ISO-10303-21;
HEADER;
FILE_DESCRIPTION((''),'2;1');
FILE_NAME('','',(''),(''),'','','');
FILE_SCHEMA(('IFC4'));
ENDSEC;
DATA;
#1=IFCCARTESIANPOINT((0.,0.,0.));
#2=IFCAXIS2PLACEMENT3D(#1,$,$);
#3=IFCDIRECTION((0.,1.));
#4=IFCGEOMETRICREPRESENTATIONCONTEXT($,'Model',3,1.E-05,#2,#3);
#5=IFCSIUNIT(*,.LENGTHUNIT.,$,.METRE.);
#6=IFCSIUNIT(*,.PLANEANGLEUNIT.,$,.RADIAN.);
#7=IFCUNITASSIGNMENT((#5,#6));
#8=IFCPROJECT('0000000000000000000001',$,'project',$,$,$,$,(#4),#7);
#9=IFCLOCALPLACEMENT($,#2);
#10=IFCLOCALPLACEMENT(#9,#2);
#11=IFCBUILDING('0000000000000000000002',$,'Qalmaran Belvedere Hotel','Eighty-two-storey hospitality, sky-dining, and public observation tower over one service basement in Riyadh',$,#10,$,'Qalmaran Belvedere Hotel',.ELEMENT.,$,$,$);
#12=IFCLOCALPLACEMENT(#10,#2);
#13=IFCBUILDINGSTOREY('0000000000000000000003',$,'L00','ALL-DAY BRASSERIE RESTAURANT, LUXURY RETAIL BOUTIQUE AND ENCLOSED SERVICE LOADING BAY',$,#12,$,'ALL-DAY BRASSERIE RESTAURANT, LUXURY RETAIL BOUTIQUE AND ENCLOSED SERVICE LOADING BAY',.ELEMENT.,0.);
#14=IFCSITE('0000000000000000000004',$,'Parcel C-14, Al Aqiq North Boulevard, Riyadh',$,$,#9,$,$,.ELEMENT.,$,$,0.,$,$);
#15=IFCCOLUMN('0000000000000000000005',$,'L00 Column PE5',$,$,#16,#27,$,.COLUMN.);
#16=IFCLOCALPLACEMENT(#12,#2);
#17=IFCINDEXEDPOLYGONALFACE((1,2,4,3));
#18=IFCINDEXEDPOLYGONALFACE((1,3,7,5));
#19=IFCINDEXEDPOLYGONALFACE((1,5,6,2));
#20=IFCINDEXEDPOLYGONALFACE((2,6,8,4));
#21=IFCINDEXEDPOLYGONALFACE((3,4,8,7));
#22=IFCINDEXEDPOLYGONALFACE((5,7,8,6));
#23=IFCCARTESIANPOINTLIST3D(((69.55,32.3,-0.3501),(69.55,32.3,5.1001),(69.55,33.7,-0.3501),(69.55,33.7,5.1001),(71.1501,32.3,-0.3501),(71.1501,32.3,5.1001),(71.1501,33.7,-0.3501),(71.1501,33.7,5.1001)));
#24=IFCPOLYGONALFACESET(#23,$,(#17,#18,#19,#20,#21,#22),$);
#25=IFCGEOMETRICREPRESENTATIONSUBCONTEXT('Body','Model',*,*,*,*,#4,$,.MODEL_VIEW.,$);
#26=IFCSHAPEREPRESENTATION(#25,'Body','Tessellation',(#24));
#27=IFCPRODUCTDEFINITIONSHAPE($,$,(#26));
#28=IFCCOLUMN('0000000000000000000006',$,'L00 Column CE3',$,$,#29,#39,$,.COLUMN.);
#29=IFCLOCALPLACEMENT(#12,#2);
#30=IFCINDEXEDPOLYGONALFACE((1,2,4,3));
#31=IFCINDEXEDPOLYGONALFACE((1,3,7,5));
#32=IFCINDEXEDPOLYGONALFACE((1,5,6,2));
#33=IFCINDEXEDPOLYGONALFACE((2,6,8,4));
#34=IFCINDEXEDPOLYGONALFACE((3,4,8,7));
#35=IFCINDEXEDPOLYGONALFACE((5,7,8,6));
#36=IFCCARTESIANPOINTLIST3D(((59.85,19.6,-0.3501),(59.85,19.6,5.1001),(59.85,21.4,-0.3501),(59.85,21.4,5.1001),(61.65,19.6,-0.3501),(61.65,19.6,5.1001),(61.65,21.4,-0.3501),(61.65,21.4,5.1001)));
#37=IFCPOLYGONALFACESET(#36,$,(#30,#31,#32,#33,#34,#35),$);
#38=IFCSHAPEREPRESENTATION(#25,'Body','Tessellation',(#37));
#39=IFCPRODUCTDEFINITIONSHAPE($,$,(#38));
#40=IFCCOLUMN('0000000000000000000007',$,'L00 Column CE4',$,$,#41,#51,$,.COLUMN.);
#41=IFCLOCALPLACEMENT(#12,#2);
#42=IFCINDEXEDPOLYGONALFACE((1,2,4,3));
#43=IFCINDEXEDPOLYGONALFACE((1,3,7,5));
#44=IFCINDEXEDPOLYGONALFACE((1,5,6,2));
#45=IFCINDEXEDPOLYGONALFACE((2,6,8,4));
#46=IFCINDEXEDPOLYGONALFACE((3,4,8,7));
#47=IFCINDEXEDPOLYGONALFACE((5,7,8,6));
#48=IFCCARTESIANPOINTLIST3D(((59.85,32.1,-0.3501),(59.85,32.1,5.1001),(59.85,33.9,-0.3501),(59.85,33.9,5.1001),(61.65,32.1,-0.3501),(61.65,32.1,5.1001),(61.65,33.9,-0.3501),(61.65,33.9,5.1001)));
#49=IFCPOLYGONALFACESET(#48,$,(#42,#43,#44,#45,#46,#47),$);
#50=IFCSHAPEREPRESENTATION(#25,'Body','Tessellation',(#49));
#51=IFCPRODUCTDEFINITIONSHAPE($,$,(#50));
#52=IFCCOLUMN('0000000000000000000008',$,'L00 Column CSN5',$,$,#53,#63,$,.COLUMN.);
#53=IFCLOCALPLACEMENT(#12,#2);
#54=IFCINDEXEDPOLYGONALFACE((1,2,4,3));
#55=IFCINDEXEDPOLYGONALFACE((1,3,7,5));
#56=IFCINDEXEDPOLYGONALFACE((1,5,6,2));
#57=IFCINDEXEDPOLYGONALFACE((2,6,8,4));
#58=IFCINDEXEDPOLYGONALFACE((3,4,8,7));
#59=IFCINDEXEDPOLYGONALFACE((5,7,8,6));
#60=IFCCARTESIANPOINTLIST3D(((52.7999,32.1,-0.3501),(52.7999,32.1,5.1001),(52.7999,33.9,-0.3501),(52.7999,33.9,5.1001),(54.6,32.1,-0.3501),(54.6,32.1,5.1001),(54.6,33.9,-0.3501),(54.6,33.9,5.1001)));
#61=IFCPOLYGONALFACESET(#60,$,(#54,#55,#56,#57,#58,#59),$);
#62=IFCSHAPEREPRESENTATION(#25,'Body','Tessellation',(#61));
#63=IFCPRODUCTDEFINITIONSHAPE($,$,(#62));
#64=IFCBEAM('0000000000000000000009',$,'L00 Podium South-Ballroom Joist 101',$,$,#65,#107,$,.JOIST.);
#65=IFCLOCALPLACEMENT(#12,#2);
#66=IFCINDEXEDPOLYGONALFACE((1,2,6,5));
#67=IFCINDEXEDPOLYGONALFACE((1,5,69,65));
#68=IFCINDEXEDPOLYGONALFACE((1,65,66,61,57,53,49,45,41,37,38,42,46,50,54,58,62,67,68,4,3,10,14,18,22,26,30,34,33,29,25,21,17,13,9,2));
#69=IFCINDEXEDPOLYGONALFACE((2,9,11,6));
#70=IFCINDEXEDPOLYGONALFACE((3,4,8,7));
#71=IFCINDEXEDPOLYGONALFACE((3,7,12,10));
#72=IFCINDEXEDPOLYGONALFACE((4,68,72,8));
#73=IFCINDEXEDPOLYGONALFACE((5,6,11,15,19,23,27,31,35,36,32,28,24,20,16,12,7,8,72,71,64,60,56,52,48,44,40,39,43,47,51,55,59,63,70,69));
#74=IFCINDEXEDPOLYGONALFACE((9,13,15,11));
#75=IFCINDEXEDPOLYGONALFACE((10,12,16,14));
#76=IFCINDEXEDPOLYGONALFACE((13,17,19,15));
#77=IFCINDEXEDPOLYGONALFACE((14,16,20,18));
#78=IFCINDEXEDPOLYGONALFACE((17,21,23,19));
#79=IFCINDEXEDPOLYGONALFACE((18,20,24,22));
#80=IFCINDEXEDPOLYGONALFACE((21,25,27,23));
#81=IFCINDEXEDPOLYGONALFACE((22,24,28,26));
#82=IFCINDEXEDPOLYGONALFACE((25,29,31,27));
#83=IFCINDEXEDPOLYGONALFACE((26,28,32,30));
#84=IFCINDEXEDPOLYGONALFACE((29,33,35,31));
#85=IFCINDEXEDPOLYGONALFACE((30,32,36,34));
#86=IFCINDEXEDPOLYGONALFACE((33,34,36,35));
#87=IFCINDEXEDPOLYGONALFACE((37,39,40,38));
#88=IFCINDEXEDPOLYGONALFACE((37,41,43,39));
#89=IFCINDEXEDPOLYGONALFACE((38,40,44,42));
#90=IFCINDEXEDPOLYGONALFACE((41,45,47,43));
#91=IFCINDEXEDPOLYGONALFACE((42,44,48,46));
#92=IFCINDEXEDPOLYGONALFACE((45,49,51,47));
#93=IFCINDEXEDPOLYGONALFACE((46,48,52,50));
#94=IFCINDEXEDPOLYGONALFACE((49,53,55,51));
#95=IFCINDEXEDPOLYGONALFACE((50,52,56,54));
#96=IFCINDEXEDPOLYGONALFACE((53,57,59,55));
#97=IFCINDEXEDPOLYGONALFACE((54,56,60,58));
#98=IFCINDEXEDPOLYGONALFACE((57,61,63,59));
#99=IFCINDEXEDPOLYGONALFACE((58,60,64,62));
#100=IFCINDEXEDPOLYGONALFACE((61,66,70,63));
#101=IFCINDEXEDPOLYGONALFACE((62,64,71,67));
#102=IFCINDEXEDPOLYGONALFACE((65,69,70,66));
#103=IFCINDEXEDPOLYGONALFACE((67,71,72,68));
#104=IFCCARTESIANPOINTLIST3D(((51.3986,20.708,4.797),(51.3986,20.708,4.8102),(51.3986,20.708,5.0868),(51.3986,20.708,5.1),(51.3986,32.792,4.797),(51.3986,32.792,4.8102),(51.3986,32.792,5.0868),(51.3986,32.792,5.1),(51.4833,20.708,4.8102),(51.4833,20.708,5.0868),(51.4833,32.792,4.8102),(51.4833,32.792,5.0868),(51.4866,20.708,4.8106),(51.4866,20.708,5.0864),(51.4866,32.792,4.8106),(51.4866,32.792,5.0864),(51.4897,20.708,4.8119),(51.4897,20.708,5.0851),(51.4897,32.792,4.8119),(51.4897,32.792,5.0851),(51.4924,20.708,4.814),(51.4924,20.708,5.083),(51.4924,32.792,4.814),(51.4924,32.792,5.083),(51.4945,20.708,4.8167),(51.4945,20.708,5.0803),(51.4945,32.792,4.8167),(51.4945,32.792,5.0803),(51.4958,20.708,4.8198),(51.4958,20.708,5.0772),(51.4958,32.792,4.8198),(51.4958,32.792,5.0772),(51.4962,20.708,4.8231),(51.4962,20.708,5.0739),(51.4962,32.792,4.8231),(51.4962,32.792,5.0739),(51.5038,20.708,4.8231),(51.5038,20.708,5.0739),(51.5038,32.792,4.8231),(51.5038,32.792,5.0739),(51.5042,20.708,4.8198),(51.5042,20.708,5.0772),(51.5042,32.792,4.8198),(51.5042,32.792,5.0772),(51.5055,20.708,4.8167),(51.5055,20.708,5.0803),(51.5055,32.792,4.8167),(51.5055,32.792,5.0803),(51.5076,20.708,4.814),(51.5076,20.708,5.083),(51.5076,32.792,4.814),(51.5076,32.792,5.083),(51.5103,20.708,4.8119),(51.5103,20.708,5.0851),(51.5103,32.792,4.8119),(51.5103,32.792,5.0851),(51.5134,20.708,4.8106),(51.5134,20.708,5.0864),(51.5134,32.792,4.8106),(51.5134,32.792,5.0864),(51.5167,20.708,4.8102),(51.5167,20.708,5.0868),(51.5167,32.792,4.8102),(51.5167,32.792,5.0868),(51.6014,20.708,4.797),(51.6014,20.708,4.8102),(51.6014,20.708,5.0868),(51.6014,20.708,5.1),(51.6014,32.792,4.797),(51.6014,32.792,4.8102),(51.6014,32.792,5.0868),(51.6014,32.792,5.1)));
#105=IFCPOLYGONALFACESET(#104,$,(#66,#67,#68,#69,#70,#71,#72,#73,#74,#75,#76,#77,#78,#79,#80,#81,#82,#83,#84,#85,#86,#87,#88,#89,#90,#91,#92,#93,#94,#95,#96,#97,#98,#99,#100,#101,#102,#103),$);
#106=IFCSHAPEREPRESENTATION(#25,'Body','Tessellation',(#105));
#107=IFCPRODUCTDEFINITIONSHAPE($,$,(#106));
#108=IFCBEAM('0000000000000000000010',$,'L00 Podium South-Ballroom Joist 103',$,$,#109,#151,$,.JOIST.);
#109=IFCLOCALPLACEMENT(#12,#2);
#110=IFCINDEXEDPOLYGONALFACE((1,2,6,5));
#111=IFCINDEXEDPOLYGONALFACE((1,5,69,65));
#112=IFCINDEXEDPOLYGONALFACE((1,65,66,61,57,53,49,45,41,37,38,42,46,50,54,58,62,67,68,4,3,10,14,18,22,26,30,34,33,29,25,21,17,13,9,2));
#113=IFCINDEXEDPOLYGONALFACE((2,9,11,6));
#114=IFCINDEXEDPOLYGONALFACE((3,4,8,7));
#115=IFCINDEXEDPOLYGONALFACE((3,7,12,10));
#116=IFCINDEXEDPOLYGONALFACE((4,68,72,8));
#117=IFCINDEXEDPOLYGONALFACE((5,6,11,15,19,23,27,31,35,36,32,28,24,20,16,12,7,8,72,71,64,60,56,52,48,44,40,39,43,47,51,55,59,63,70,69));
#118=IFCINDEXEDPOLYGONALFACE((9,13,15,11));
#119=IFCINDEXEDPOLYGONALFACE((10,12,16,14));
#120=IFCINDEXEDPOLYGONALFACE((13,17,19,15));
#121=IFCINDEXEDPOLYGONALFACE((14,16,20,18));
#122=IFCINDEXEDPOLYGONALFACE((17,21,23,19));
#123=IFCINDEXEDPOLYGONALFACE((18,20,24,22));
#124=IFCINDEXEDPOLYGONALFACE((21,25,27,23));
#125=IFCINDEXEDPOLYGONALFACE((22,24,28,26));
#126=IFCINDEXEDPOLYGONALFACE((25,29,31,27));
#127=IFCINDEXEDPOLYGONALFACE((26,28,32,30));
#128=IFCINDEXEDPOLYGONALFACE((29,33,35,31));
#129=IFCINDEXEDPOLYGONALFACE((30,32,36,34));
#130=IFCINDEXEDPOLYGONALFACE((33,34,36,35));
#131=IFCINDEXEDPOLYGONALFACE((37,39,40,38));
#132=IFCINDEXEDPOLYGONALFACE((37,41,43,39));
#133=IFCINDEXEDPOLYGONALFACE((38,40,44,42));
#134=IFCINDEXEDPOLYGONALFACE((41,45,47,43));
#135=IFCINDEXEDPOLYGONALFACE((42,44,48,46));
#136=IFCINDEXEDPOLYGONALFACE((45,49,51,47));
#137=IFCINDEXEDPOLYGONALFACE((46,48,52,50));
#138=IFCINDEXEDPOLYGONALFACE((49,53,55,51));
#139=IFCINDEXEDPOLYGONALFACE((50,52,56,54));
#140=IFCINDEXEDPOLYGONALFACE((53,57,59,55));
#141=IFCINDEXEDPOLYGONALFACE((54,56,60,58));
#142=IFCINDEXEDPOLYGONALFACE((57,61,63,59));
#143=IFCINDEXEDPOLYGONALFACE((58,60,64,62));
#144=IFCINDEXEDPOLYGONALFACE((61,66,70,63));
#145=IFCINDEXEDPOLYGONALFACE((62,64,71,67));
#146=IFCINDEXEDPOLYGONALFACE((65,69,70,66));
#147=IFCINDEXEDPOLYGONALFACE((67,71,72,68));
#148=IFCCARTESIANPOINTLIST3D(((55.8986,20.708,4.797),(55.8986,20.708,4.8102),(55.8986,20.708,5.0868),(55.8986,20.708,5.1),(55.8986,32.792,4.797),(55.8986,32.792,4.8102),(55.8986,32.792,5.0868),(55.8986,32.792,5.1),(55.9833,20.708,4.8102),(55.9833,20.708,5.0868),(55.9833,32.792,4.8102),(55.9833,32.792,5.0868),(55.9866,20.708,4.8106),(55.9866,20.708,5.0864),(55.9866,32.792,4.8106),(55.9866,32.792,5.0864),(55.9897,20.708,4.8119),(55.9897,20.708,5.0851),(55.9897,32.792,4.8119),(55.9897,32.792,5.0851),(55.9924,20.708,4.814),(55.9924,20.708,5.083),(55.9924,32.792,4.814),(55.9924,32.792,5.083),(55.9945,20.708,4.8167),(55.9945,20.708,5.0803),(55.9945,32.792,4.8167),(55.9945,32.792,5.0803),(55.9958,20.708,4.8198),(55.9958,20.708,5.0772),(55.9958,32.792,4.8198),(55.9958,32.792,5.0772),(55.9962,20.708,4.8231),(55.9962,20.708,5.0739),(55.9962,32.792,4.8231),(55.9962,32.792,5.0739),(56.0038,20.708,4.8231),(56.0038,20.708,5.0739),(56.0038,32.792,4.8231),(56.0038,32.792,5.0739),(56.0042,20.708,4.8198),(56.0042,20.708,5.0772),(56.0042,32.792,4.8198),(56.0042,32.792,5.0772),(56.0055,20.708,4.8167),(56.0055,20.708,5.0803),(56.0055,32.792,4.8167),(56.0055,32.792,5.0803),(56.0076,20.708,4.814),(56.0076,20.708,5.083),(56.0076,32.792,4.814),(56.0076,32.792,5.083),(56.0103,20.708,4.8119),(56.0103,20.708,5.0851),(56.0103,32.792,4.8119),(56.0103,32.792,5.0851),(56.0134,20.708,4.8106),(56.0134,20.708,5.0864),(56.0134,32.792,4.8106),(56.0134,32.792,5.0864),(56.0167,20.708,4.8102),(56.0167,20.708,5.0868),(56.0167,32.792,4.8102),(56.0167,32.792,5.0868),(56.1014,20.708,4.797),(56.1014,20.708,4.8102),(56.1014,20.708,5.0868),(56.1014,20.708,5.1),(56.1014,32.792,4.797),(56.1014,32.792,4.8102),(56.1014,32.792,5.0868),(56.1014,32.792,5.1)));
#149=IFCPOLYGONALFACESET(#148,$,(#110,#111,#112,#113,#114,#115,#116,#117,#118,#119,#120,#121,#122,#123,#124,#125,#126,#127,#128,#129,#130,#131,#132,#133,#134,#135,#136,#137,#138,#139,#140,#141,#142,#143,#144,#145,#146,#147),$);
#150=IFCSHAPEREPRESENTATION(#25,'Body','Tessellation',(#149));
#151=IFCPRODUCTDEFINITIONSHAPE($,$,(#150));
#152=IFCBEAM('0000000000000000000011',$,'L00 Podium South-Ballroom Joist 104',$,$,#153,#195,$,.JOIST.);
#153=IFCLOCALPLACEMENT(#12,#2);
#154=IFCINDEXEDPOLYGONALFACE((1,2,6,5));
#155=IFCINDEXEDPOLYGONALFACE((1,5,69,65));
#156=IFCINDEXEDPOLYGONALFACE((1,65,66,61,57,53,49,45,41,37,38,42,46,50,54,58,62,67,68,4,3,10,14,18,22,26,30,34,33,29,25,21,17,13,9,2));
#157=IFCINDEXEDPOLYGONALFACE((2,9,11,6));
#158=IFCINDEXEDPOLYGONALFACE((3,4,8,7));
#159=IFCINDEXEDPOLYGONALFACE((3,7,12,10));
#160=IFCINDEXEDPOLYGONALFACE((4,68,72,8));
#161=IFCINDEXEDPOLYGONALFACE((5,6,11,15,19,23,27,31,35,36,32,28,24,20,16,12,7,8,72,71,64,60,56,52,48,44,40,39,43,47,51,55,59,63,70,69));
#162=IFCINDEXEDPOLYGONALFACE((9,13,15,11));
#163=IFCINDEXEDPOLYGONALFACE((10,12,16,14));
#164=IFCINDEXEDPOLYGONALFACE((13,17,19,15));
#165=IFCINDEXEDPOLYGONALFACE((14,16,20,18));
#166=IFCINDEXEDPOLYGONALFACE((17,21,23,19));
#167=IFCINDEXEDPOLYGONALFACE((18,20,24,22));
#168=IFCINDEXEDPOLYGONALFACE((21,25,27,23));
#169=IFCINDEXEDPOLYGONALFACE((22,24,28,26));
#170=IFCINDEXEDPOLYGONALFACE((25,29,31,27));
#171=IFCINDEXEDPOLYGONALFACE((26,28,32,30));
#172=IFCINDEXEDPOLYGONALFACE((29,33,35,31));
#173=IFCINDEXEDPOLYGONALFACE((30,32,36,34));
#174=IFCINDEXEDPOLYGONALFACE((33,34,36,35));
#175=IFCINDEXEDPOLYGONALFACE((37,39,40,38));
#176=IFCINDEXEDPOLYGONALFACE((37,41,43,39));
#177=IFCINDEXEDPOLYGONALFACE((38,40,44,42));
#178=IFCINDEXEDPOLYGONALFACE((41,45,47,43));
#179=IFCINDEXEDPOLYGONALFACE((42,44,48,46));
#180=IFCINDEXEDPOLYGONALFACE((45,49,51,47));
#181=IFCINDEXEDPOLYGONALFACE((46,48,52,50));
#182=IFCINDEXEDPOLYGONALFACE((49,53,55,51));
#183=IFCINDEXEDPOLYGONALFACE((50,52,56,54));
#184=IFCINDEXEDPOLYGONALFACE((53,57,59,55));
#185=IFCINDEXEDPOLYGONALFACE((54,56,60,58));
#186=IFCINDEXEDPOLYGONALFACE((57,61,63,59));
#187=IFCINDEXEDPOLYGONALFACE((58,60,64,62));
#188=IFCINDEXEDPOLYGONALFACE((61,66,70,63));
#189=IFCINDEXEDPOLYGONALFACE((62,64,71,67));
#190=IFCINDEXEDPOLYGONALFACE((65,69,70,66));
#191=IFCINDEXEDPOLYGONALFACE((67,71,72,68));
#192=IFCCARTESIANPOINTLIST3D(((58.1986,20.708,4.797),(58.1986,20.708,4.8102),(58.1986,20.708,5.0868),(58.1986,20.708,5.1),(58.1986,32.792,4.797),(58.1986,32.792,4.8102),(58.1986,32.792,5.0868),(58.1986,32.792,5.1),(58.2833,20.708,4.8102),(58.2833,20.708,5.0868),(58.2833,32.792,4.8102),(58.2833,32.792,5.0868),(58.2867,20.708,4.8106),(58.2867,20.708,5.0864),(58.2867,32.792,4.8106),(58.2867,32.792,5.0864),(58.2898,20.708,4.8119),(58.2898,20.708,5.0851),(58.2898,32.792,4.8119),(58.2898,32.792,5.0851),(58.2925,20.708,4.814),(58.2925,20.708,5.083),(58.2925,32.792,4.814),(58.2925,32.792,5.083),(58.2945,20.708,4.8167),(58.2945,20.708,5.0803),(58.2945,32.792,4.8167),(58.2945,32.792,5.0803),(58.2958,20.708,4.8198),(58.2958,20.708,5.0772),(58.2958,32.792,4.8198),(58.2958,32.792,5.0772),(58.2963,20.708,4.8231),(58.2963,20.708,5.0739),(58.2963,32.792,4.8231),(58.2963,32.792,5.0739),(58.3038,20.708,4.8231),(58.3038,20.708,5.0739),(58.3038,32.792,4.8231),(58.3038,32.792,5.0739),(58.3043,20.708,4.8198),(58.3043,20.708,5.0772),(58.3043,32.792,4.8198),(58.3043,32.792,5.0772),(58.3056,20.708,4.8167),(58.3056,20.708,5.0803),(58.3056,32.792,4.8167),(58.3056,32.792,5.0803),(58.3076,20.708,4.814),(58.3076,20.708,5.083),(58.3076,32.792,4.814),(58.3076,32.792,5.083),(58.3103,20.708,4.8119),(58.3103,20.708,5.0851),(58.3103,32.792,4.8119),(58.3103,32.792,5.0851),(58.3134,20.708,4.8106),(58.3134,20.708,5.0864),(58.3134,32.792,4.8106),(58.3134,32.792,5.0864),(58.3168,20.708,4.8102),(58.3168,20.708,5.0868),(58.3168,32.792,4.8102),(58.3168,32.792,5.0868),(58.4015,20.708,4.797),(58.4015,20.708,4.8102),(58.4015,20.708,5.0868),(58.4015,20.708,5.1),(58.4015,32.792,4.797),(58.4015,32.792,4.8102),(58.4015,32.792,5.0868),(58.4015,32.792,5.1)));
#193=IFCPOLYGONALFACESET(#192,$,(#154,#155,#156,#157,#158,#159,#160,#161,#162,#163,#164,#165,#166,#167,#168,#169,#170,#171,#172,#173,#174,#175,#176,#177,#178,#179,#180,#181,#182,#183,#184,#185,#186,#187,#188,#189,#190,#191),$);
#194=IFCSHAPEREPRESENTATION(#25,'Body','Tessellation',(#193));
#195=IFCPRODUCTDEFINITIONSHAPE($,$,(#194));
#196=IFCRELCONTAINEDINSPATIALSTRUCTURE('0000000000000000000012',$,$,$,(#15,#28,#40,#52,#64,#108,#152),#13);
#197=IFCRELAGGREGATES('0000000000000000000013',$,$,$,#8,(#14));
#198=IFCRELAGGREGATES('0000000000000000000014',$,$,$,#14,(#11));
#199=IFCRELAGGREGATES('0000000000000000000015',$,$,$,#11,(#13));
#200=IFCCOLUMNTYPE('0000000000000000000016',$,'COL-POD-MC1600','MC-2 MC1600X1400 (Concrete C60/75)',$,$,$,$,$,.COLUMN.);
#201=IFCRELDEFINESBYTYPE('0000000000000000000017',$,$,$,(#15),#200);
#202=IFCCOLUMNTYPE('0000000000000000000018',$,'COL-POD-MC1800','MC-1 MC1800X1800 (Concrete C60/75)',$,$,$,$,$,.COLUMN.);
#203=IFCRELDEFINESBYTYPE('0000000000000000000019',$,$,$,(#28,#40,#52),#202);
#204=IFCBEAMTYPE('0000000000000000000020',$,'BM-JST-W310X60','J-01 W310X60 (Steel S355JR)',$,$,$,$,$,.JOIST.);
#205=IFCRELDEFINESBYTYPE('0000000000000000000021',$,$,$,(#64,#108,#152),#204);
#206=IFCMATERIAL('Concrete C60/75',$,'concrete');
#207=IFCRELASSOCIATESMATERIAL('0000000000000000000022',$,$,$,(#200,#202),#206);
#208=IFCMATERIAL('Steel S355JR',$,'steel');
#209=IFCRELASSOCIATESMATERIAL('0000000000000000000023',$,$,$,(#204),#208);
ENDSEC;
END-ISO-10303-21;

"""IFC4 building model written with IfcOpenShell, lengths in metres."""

from ifc_helpers import new_model, si_unit, direction, frame, origin, origin_2d, place, context, subcontext, project, spatial, rectangle, i_section, extrude, material, material_profile, profile_set, type_object, element, save


model = new_model("IFC4")

# Units and contexts
model_context = context("Model", 3, precision=1e-05, world=origin(), true_north=direction((0.0, 1.0)))
body_context = subcontext(model_context, "Body", "Model", "MODEL_VIEW")
ifc_project = project(units=[si_unit("LENGTHUNIT", "METRE"), si_unit("PLANEANGLEUNIT", "RADIAN")], contexts=[model_context])

# Site, building, storey
site_placement = place(None, origin())
site = spatial("IfcSite", under=ifc_project, at=site_placement, Name="Parcel C-14, Al Aqiq North Boulevard, Riyadh", CompositionType="ELEMENT", RefElevation=0.0)
building_placement = place(site_placement, origin())
building = spatial("IfcBuilding", under=site, at=building_placement, Name="Qalmaran Belvedere Hotel", Description="Eighty-two-storey hospitality, sky-dining, and public observation tower over one service basement in Riyadh", LongName="Qalmaran Belvedere Hotel", CompositionType="ELEMENT")
storey_placement = place(building_placement, origin())
storey = spatial("IfcBuildingStorey", under=building, at=storey_placement, Name="L00", Description="ALL-DAY BRASSERIE RESTAURANT, LUXURY RETAIL BOUTIQUE AND ENCLOSED SERVICE LOADING BAY", LongName="ALL-DAY BRASSERIE RESTAURANT, LUXURY RETAIL BOUTIQUE AND ENCLOSED SERVICE LOADING BAY", CompositionType="ELEMENT", Elevation=0.0)

# Columns
ifc_material_1 = material(Name="Concrete C60/75", Category="concrete")
ifc_material_profile_1 = material_profile(ifc_material_1, rectangle(XDim=1.6001, YDim=1.3999, at=origin_2d()), Name="MC1600X1400")
ifc_profile_set_1 = profile_set([ifc_material_profile_1], Name="Concrete C60/75")
column_type_1 = type_object("IfcColumnType", Name="COL-POD-MC1600", Description="MC-2 MC1600X1400 (Concrete C60/75)", PredefinedType="COLUMN", material=ifc_profile_set_1)
column_placement = place(storey_placement, frame((70.3501, 33.0, -0.3501), z_axis=(0.0, 0.0, 1.0), x_axis=(1.0, 0.0, 0.0)))
element("IfcColumn", 1, at=column_placement, inside=storey, type_object=column_type_1, Name="L00 Column PE5", PredefinedType="COLUMN", context=body_context, shape_type="SweptSolid", body=[
    extrude(rectangle(XDim=1.6001, YDim=1.3999, at=origin_2d()), origin(), (0.0, 0.0, 1.0), 5.4502),
])
ifc_material_profile_2 = material_profile(ifc_material_1, rectangle(XDim=1.8, YDim=1.8, at=origin_2d()), Name="MC1800X1800")
ifc_profile_set_2 = profile_set([ifc_material_profile_2], Name="Concrete C60/75")
column_type_2 = type_object("IfcColumnType", Name="COL-POD-MC1800", Description="MC-1 MC1800X1800 (Concrete C60/75)", PredefinedType="COLUMN", material=ifc_profile_set_2)
for number, where, z_axis, x_axis, name in (
    (2, (60.75, 20.5, -0.3501), (0.0, 0.0, 1.0), (1.0, 0.0, 0.0), "L00 Column CE3"),
    (3, (60.75, 33.0, -0.3501), (0.0, 0.0, 1.0), (1.0, 0.0, 0.0), "L00 Column CE4"),
    (4, (53.7, 33.0, -0.3501), (0.0, 0.0, 1.0), (1.0, 0.0, 0.0), "L00 Column CSN5"),
):
    element("IfcColumn", number, at=place(storey_placement, frame(where, z_axis=z_axis, x_axis=x_axis)), inside=storey, type_object=column_type_2, Name=name, PredefinedType="COLUMN", context=body_context, shape_type="SweptSolid", body=[
        extrude(rectangle(XDim=1.8, YDim=1.8, at=origin_2d()), origin(), (0.0, 0.0, 1.0), 5.4502),
    ])

# Beams
ifc_material_2 = material(Name="Steel S355JR", Category="steel")
ifc_material_profile_3 = material_profile(ifc_material_2, i_section(OverallWidth=0.2029, OverallDepth=0.303, WebThickness=0.0076, FlangeThickness=0.0132, FilletRadius=0.0129, at=origin_2d()), Name="W310X60")
ifc_profile_set_3 = profile_set([ifc_material_profile_3], Name="Steel S355JR")
beam_type_1 = type_object("IfcBeamType", Name="BM-JST-W310X60", Description="J-01 W310X60 (Steel S355JR)", PredefinedType="JOIST", material=ifc_profile_set_3)
for number, where, z_axis, x_axis, name in (
    (5, (51.5, 20.708, 4.9485), (0.0, 1.0, 0.0), (-1.0, 0.0, 0.0), "L00 Podium South-Ballroom Joist 101"),
    (6, (56.0, 20.708, 4.9485), (0.0, 1.0, 0.0), (-1.0, 0.0, 0.0), "L00 Podium South-Ballroom Joist 103"),
    (7, (58.3, 20.708, 4.9485), (0.0, 1.0, 0.0), (-1.0, 0.0, 0.0), "L00 Podium South-Ballroom Joist 104"),
):
    element("IfcBeam", number, at=place(storey_placement, frame(where, z_axis=z_axis, x_axis=x_axis)), inside=storey, type_object=beam_type_1, Name=name, PredefinedType="JOIST", context=body_context, shape_type="SweptSolid", body=[
        extrude(i_section(OverallWidth=0.2029, OverallDepth=0.303, WebThickness=0.0076, FlangeThickness=0.0132, FilletRadius=0.0129, at=origin_2d()), origin(), (0.0, 0.0, 1.0), 12.084),
    ])

save(model, "model.ifc")
